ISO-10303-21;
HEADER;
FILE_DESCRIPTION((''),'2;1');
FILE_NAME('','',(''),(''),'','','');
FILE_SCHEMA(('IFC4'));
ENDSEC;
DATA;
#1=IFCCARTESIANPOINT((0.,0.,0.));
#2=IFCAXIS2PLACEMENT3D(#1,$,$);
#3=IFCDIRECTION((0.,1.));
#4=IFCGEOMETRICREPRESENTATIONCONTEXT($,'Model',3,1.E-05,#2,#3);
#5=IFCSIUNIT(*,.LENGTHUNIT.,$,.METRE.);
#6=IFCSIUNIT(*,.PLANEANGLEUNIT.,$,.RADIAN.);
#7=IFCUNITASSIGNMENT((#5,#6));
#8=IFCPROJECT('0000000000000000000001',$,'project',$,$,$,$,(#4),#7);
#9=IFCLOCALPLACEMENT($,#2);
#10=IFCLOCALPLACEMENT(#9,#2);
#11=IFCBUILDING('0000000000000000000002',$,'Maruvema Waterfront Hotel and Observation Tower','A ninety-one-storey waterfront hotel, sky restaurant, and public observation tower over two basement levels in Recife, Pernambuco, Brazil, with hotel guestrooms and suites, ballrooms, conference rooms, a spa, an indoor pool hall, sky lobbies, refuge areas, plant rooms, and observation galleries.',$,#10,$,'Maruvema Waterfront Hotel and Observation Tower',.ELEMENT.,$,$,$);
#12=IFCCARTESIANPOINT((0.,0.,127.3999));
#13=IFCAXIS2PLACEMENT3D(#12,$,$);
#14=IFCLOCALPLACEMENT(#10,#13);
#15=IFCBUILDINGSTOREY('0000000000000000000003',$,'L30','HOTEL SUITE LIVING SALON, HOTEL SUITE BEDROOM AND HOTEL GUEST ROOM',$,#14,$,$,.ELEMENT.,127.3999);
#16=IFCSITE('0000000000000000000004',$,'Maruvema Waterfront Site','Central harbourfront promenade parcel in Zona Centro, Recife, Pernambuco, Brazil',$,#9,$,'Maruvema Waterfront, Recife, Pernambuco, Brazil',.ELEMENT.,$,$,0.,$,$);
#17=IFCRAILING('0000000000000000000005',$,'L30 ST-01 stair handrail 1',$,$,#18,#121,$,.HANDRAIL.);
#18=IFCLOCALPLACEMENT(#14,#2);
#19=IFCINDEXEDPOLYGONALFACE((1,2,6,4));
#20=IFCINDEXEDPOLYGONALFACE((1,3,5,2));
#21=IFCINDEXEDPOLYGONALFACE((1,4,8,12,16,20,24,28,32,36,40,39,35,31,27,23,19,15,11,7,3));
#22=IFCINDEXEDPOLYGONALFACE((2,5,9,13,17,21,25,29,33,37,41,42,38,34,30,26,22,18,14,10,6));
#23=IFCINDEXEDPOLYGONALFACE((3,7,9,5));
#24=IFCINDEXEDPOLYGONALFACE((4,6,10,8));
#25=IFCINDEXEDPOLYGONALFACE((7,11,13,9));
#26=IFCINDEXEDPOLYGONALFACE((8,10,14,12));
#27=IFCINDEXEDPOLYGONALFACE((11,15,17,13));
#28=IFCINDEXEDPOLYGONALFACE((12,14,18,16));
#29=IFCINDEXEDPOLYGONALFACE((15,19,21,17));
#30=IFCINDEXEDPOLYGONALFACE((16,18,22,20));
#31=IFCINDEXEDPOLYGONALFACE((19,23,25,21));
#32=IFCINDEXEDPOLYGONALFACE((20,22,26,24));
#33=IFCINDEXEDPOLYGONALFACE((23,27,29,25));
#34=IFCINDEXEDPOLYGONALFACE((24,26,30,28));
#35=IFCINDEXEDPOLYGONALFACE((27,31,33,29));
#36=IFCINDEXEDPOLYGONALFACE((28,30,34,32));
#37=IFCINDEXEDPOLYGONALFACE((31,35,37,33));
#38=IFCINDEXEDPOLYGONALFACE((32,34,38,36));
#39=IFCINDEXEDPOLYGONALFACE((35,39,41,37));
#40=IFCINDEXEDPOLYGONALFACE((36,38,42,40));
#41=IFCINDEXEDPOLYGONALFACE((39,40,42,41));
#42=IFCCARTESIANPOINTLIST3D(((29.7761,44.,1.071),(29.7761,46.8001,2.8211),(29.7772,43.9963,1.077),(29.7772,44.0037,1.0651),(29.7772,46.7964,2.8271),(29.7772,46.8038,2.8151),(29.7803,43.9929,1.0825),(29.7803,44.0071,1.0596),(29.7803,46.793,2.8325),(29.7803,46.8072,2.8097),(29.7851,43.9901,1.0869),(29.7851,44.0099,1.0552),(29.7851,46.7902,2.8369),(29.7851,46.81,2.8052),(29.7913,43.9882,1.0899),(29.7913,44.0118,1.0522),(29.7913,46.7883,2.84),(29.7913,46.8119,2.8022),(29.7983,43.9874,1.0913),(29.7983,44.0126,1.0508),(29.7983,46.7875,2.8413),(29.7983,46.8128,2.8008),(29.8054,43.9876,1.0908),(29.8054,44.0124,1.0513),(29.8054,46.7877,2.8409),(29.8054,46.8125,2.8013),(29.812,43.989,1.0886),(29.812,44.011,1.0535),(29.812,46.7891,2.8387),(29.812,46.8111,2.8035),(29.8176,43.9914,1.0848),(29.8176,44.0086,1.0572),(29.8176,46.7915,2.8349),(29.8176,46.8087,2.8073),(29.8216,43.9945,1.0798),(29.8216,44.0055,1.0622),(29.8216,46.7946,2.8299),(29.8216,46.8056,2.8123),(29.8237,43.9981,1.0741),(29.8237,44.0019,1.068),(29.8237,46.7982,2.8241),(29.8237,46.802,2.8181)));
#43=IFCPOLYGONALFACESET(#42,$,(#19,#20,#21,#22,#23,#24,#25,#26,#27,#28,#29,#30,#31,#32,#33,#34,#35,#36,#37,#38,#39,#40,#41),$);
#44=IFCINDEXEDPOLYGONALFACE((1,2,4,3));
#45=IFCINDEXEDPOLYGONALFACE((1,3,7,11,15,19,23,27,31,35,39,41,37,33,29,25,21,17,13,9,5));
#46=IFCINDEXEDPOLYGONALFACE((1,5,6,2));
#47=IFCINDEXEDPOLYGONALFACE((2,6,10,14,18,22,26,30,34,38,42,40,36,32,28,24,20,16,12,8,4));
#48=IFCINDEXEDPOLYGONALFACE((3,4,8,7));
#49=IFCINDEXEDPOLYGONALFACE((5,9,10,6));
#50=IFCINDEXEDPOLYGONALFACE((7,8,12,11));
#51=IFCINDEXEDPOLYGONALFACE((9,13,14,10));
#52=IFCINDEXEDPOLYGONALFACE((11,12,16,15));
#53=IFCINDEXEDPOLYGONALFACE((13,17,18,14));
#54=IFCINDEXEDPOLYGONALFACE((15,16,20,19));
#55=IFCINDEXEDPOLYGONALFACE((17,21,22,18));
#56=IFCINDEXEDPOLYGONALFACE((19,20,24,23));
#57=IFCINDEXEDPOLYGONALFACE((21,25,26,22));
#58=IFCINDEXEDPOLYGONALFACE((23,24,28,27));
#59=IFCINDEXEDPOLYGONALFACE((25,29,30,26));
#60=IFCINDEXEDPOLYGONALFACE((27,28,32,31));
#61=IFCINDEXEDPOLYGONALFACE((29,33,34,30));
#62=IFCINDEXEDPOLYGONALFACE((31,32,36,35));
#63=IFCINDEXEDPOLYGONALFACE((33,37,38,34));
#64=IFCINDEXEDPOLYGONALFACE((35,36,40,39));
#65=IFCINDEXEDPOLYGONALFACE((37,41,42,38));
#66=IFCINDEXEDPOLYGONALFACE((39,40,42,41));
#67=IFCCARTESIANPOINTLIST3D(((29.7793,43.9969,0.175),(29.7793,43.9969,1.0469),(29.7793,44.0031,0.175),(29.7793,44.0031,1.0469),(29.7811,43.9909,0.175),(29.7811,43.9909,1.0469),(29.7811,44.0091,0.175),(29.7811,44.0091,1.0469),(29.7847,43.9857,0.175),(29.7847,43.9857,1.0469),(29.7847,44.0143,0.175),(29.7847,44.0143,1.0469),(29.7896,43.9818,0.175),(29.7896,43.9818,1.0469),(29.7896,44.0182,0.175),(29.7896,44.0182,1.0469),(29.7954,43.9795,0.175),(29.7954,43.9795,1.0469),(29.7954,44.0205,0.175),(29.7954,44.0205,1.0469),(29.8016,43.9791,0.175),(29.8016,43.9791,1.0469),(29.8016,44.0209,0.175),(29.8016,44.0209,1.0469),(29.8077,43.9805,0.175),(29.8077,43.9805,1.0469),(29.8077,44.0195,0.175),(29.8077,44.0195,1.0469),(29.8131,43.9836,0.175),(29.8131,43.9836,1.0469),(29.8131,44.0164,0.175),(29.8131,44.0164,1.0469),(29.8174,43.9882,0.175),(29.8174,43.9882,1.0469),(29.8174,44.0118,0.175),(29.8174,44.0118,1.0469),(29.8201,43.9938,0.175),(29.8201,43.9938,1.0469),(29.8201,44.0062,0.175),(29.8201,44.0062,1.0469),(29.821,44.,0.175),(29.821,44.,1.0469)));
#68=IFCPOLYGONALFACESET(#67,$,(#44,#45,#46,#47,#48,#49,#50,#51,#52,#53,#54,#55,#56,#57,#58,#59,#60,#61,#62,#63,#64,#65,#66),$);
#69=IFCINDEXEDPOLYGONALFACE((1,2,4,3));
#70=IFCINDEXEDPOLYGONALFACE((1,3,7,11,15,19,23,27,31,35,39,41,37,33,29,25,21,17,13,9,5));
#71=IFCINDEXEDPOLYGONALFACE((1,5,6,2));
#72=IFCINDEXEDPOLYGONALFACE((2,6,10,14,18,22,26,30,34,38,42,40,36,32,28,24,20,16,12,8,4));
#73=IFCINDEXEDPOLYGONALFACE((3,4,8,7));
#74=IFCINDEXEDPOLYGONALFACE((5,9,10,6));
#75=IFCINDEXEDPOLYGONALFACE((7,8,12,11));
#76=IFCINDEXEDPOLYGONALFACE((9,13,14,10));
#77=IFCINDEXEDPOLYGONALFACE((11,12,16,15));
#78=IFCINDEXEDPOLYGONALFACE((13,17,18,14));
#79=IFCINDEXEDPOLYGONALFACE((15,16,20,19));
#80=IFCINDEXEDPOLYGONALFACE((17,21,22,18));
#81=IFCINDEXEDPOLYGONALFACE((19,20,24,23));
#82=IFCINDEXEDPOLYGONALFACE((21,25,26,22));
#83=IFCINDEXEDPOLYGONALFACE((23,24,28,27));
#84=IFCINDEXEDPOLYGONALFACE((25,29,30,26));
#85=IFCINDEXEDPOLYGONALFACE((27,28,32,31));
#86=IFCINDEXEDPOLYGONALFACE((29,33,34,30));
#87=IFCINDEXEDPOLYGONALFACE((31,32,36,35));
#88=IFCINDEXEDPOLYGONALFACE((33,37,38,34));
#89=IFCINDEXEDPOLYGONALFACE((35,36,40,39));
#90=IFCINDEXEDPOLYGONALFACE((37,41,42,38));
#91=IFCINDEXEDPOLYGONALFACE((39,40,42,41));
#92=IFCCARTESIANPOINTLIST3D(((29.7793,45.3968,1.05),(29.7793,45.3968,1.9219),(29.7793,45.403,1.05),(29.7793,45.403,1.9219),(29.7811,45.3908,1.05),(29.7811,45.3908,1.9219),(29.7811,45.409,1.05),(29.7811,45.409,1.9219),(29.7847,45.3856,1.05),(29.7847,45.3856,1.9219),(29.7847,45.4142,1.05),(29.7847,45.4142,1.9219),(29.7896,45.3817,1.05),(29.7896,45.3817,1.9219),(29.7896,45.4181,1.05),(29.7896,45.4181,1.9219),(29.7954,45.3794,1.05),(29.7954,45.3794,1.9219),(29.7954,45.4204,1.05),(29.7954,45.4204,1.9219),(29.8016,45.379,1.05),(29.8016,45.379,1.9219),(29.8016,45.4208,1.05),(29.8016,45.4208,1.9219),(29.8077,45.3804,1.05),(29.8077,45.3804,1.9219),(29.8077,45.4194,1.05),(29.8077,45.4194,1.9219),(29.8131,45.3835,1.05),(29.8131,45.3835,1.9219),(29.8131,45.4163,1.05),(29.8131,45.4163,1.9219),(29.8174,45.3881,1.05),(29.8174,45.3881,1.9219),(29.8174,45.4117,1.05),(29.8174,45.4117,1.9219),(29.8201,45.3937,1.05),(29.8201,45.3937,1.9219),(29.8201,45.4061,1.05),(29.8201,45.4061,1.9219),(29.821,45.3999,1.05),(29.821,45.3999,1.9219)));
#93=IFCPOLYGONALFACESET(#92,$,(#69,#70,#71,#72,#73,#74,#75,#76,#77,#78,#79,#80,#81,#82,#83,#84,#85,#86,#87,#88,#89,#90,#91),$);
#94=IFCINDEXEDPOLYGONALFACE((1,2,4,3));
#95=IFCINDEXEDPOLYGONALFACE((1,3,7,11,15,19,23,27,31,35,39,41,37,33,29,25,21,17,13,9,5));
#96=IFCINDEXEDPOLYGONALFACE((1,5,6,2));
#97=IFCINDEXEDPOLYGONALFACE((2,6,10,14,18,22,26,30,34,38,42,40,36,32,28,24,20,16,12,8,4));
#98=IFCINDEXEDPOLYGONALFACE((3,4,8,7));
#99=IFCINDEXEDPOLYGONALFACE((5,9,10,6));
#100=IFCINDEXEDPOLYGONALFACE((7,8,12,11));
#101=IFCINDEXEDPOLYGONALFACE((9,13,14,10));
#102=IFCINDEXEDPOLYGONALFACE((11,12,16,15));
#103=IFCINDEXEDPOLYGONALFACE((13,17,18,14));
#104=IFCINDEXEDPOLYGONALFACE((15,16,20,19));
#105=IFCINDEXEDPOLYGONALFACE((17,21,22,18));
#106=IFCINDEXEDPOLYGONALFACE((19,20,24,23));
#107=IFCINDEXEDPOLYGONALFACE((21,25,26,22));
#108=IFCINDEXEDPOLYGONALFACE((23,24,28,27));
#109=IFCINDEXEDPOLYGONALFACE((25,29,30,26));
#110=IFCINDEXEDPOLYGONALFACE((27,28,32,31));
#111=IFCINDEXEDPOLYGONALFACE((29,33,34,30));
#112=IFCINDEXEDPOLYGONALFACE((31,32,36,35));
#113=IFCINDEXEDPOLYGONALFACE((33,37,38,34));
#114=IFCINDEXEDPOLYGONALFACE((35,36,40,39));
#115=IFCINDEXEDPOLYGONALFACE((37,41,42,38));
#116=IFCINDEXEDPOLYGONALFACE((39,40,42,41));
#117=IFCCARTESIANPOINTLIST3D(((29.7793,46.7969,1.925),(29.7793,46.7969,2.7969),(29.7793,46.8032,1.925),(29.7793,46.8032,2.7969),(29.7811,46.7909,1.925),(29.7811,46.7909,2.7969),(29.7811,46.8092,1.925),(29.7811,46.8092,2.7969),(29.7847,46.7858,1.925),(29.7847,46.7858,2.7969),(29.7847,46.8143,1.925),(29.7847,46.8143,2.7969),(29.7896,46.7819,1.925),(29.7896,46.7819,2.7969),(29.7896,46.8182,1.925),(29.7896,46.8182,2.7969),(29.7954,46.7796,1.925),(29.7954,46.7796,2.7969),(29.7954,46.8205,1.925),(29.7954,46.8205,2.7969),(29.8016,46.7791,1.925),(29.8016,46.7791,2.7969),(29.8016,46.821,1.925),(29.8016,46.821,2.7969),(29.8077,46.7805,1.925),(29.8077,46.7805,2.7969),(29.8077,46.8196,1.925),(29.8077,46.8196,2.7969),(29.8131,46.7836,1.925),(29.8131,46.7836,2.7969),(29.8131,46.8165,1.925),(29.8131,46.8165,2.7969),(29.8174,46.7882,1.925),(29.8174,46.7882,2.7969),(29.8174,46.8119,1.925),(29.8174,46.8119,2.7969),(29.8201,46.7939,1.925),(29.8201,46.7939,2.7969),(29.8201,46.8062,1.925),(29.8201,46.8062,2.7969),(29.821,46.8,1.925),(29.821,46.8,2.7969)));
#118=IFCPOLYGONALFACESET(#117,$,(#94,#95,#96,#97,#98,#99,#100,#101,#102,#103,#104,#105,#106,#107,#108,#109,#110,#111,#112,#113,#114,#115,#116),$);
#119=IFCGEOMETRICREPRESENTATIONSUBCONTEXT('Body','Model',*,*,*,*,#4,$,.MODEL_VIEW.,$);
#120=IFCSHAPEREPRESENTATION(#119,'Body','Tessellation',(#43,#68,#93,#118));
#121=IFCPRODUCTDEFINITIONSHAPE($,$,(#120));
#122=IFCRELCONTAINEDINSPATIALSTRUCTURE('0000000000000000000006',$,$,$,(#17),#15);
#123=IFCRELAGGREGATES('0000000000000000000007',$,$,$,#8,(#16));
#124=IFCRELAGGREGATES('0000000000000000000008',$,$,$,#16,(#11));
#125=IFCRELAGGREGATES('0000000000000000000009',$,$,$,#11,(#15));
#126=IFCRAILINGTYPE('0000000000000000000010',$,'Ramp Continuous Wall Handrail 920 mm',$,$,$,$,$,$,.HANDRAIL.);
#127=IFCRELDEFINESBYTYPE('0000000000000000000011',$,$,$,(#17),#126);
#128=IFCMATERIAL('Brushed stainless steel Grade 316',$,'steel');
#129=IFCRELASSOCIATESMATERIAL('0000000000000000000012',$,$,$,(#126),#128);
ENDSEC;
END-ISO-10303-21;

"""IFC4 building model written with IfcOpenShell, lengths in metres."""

from ifc_helpers import new_model, si_unit, direction, frame, origin, origin_2d, place, context, subcontext, project, spatial, circle, extrude, material, type_object, element, save


model = new_model("IFC4")

# Units and contexts
model_context = context("Model", 3, precision=1e-05, world=origin(), true_north=direction((0.0, 1.0)))
body_context = subcontext(model_context, "Body", "Model", "MODEL_VIEW")
ifc_project = project(units=[si_unit("LENGTHUNIT", "METRE"), si_unit("PLANEANGLEUNIT", "RADIAN")], contexts=[model_context])

# Site, building, storey
site_placement = place(None, origin())
site = spatial("IfcSite", under=ifc_project, at=site_placement, Name="Maruvema Waterfront Site", Description="Central harbourfront promenade parcel in Zona Centro, Recife, Pernambuco, Brazil", LongName="Maruvema Waterfront, Recife, Pernambuco, Brazil", CompositionType="ELEMENT", RefElevation=0.0)
building_placement = place(site_placement, origin())
building = spatial("IfcBuilding", under=site, at=building_placement, Name="Maruvema Waterfront Hotel and Observation Tower", Description="A ninety-one-storey waterfront hotel, sky restaurant, and public observation tower over two basement levels in Recife, Pernambuco, Brazil, with hotel guestrooms and suites, ballrooms, conference rooms, a spa, an indoor pool hall, sky lobbies, refuge areas, plant rooms, and observation galleries.", LongName="Maruvema Waterfront Hotel and Observation Tower", CompositionType="ELEMENT")
storey_placement = place(building_placement, frame((0.0, 0.0, 127.3999)))
storey = spatial("IfcBuildingStorey", under=building, at=storey_placement, Name="L30", Description="HOTEL SUITE LIVING SALON, HOTEL SUITE BEDROOM AND HOTEL GUEST ROOM", CompositionType="ELEMENT", Elevation=127.3999)

# Railing
ifc_material_1 = material(Name="Brushed stainless steel Grade 316", Category="steel")
railing_type_1 = type_object("IfcRailingType", Name="Ramp Continuous Wall Handrail 920 mm", PredefinedType="HANDRAIL", material=ifc_material_1)
railing_1_placement = place(storey_placement, frame((29.8, 44.0, 0.175)))
element("IfcRailing", 1, at=railing_1_placement, inside=storey, type_object=railing_type_1, Name="L30 ST-01 stair handrail 1", PredefinedType="HANDRAIL", context=body_context, shape_type="SweptSolid", body=[
    extrude(circle(Radius=0.0239, at=origin_2d()), frame((0.0, 0.0, 0.896), z_axis=(0.0, 0.848002, 0.529992), x_axis=(-1.0, 0.0, 0.0)), (0.0, 0.0, 1.0), 3.302),
    extrude(circle(Radius=0.021, at=origin_2d()), origin(), (0.0, 0.0, 1.0), 0.8718),
    extrude(circle(Radius=0.021, at=origin_2d()), frame((0.0, 1.3999, 0.875)), (0.0, 0.0, 1.0), 0.8718),
    extrude(circle(Radius=0.021, at=origin_2d()), frame((0.0, 2.8, 1.75)), (0.0, 0.0, 1.0), 0.8718),
])

save(model, "model.ifc")
